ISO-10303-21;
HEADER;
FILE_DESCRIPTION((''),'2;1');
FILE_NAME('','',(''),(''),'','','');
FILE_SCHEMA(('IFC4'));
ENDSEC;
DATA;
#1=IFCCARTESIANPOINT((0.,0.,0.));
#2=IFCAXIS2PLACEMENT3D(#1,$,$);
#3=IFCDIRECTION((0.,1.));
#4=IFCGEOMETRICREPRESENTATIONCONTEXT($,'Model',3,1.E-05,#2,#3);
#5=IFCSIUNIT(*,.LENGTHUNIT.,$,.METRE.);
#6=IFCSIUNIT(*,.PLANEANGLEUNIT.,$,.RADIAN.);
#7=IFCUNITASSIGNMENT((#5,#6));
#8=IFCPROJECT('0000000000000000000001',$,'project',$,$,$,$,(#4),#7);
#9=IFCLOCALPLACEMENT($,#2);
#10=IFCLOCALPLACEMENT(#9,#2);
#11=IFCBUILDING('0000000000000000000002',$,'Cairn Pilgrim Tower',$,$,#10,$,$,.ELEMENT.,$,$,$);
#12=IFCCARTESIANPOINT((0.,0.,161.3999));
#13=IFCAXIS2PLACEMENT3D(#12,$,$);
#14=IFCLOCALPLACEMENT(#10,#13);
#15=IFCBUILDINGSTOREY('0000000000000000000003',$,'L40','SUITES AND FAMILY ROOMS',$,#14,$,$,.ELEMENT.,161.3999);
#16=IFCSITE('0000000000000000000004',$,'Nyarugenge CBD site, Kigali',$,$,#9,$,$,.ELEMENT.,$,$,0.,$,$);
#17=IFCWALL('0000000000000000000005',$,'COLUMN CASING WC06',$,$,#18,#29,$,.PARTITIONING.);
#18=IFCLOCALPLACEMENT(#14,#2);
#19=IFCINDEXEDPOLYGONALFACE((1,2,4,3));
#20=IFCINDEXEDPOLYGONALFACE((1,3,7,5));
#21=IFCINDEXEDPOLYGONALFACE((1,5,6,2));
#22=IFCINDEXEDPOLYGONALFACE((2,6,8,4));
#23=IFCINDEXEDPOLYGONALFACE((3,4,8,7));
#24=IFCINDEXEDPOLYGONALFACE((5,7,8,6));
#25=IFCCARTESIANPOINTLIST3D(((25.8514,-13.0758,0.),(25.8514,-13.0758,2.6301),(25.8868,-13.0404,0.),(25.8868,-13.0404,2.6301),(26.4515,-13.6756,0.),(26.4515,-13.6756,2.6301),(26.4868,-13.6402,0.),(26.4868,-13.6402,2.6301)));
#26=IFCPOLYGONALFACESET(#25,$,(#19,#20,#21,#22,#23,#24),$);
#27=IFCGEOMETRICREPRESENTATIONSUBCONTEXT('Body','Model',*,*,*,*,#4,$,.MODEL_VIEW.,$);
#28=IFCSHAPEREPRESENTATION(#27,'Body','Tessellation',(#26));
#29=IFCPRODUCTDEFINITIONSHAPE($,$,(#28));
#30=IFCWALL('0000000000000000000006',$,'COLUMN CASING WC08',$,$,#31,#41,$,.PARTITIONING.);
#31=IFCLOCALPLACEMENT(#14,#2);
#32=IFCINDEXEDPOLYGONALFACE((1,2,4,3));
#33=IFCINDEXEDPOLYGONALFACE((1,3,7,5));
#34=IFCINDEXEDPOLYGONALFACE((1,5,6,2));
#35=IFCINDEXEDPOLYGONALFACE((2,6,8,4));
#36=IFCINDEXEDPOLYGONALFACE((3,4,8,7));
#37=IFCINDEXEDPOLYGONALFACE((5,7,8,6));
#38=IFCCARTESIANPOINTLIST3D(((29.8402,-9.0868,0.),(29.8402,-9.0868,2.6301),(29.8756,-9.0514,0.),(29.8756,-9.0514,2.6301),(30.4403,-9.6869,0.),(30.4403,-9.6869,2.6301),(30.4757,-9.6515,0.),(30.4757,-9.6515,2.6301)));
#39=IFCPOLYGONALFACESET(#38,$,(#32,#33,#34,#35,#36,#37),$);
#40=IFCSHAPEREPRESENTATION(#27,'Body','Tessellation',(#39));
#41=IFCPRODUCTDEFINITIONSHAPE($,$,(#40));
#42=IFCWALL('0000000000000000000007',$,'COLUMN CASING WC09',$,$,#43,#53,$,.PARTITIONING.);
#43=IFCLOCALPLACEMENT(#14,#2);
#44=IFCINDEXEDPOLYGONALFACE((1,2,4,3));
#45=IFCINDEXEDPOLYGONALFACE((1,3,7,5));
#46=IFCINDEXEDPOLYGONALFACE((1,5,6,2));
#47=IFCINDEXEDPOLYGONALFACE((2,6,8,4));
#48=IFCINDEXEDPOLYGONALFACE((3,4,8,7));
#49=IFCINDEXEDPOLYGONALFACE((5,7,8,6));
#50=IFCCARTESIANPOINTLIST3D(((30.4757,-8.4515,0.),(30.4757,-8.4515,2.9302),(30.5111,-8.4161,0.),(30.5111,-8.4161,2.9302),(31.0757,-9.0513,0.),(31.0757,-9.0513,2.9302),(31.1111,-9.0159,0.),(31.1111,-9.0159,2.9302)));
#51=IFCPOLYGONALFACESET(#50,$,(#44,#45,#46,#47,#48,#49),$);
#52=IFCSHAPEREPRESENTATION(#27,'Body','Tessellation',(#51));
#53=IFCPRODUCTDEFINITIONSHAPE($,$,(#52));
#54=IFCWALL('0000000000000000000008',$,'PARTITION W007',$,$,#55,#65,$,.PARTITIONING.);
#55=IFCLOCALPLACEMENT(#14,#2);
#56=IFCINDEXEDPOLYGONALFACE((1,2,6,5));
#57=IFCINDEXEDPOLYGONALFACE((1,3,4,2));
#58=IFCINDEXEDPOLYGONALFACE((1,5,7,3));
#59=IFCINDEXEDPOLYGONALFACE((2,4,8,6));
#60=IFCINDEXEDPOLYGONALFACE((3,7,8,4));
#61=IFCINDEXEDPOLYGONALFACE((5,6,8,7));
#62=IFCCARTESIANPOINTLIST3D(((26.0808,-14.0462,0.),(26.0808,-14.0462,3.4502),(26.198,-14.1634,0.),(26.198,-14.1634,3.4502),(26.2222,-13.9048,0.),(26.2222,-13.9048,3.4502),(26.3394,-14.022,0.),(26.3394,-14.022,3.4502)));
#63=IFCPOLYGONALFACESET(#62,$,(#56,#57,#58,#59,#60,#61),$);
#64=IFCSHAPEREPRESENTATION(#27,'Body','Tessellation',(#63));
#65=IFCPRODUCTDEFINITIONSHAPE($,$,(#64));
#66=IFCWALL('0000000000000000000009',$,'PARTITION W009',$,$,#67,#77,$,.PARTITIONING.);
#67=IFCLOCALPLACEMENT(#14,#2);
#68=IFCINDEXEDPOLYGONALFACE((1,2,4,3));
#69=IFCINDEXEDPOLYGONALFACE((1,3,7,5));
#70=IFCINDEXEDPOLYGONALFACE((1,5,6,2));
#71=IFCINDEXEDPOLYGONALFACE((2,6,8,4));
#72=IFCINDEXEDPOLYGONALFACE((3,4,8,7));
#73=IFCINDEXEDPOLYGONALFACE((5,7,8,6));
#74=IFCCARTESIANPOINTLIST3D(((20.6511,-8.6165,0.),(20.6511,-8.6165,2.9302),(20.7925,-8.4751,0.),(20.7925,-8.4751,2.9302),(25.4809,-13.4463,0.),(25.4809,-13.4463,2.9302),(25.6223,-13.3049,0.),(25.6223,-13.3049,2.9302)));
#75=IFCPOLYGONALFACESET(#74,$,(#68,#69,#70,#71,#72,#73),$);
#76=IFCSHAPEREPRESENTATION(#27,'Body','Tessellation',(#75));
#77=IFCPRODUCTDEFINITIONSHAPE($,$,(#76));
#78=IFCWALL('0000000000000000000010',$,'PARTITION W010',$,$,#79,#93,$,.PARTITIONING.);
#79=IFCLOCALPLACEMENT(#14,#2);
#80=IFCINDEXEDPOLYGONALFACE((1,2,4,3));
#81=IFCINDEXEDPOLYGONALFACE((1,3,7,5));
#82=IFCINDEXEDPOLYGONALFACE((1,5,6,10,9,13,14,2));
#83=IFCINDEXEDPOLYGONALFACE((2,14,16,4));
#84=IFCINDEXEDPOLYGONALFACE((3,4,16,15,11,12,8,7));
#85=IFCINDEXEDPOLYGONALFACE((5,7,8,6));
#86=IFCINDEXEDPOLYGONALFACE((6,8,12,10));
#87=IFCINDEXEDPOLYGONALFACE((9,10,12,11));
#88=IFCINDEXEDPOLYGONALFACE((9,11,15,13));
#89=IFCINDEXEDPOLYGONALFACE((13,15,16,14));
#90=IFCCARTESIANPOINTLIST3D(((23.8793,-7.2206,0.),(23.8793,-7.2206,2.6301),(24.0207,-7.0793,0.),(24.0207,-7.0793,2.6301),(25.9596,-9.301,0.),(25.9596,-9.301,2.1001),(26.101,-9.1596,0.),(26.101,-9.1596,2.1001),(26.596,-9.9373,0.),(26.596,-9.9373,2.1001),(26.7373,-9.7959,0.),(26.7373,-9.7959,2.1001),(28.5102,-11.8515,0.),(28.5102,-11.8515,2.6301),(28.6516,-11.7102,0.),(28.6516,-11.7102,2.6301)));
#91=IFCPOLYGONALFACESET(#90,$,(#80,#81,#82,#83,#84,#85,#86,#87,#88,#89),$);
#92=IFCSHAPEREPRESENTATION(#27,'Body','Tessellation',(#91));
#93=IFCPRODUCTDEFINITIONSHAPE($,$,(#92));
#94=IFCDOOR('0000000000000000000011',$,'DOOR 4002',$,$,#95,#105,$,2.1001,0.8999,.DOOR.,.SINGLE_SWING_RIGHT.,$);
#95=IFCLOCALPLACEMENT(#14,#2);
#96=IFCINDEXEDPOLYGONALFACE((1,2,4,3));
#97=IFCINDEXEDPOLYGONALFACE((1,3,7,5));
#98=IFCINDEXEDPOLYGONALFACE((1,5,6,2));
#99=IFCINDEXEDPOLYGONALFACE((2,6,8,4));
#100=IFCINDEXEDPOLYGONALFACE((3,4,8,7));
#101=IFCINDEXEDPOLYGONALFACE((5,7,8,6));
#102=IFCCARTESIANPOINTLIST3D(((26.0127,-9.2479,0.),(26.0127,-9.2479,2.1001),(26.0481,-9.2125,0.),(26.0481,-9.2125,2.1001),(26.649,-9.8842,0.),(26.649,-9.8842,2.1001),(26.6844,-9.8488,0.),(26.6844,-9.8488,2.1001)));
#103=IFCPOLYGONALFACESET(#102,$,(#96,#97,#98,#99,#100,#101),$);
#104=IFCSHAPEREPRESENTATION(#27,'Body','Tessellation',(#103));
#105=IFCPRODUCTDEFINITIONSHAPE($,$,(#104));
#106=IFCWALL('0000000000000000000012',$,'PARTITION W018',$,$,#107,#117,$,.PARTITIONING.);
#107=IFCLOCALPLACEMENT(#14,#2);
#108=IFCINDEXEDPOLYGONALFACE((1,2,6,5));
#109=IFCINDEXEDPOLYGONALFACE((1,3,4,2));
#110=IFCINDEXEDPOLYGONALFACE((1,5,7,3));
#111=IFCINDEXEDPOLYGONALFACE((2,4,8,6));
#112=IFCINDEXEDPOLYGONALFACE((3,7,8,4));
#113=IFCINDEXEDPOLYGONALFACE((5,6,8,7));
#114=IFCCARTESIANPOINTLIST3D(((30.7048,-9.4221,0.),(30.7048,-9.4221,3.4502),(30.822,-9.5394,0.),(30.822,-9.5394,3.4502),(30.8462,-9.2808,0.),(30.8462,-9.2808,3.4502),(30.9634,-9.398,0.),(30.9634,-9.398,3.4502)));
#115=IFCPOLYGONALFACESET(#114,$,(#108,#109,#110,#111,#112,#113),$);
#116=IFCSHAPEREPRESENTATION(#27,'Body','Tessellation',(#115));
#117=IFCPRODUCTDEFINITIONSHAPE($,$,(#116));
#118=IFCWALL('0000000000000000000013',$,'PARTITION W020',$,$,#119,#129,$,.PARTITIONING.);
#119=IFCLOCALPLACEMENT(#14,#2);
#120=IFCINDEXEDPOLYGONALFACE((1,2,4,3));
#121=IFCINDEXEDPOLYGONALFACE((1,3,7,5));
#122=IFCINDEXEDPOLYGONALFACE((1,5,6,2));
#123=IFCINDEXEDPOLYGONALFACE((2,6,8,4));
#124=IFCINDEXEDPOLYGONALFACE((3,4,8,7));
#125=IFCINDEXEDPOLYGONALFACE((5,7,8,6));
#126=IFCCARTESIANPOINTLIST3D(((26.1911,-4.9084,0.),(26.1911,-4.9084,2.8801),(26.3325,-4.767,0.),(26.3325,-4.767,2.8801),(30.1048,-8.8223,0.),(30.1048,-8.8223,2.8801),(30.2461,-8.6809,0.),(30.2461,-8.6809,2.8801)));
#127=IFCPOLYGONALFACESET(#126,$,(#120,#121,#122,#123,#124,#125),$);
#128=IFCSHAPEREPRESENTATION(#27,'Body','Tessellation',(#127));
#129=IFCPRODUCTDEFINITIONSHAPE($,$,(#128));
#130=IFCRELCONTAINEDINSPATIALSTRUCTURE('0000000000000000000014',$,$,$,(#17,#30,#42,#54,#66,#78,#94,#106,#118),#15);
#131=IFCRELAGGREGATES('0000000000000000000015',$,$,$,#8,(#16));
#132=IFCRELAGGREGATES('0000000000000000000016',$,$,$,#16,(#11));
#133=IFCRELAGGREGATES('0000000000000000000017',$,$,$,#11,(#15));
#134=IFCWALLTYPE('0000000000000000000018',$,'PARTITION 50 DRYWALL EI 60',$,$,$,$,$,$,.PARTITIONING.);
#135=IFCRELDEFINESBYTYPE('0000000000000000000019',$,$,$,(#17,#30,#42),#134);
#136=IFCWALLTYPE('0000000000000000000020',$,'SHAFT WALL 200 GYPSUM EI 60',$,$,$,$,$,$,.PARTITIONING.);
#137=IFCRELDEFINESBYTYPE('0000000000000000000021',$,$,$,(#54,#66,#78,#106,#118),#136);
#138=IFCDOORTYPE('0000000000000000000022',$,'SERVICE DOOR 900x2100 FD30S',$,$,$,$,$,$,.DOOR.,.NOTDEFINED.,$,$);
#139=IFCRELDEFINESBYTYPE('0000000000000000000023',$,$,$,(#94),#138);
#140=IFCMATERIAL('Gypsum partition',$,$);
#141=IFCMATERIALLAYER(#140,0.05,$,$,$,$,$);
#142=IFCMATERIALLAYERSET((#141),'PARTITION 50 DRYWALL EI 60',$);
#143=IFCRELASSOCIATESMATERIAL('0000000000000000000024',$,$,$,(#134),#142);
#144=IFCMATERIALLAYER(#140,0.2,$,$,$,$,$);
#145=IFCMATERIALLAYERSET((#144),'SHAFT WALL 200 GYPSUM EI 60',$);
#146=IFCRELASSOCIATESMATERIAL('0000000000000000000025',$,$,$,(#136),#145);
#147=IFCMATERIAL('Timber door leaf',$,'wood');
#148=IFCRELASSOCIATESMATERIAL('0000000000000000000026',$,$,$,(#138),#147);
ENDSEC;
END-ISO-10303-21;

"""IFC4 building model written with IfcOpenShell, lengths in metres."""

from ifc_helpers import new_model, si_unit, direction, frame, frame_2d, origin, place, context, subcontext, project, spatial, rectangle, extrude, material, layer, layer_set, type_object, element, fill, save


model = new_model("IFC4")

# Units and contexts
model_context = context("Model", 3, precision=1e-05, world=origin(), true_north=direction((0.0, 1.0)))
body_context = subcontext(model_context, "Body", "Model", "MODEL_VIEW")
ifc_project = project(units=[si_unit("LENGTHUNIT", "METRE"), si_unit("PLANEANGLEUNIT", "RADIAN")], contexts=[model_context])

# Site, building, storey
site_placement = place(None, origin())
site = spatial("IfcSite", under=ifc_project, at=site_placement, Name="Nyarugenge CBD site, Kigali", CompositionType="ELEMENT", RefElevation=0.0)
building_placement = place(site_placement, origin())
building = spatial("IfcBuilding", under=site, at=building_placement, Name="Cairn Pilgrim Tower", CompositionType="ELEMENT")
storey_placement = place(building_placement, frame((0.0, 0.0, 161.3999)))
storey = spatial("IfcBuildingStorey", under=building, at=storey_placement, Name="L40", Description="SUITES AND FAMILY ROOMS", CompositionType="ELEMENT", Elevation=161.3999)

# Walls
ifc_material_1 = material(Name="Gypsum partition")
ifc_layer_1 = layer(ifc_material_1, 0.05)
ifc_layer_set_1 = layer_set([ifc_layer_1], Name="PARTITION 50 DRYWALL EI 60")
wall_type_1 = type_object("IfcWallType", Name="PARTITION 50 DRYWALL EI 60", PredefinedType="PARTITIONING", material=ifc_layer_set_1)
wall_1_placement = place(storey_placement, frame((26.4692, -13.658, 0.0), z_axis=(0.0, 0.0, 1.0), x_axis=(-0.707251, 0.706963, 0.0)))
element("IfcWall", 1, at=wall_1_placement, inside=storey, type_object=wall_type_1, Name="COLUMN CASING WC06", PredefinedType="PARTITIONING", context=body_context, shape_type="SweptSolid", body=[
    extrude(rectangle(XDim=0.8484, YDim=0.05, at=frame_2d((0.4243, 0.0))), origin(), (0.0, 0.0, 1.0), 2.6301),
])
wall_2_placement = place(storey_placement, frame((30.458, -9.6692, 0.0), z_axis=(0.0, 0.0, 1.0), x_axis=(-0.707107, 0.707107, 0.0)))
element("IfcWall", 2, at=wall_2_placement, inside=storey, type_object=wall_type_1, Name="COLUMN CASING WC08", PredefinedType="PARTITIONING", context=body_context, shape_type="SweptSolid", body=[
    extrude(rectangle(XDim=0.8486, YDim=0.05, at=frame_2d((0.4243, 0.0))), origin(), (0.0, 0.0, 1.0), 2.6301),
])
wall_3_placement = place(storey_placement, frame((31.0935, -9.0337, 0.0), z_axis=(0.0, 0.0, 1.0), x_axis=(-0.707251, 0.706963, 0.0)))
element("IfcWall", 3, at=wall_3_placement, inside=storey, type_object=wall_type_1, Name="COLUMN CASING WC09", PredefinedType="PARTITIONING", context=body_context, shape_type="SweptSolid", body=[
    extrude(rectangle(XDim=0.8484, YDim=0.05, at=frame_2d((0.4243, 0.0))), origin(), (0.0, 0.0, 1.0), 2.9302),
])
ifc_layer_2 = layer(ifc_material_1, 0.2)
ifc_layer_set_2 = layer_set([ifc_layer_2], Name="SHAFT WALL 200 GYPSUM EI 60")
wall_type_2 = type_object("IfcWallType", Name="SHAFT WALL 200 GYPSUM EI 60", PredefinedType="PARTITIONING", material=ifc_layer_set_2)
wall_4_placement = place(storey_placement, frame((26.2688, -14.0928, 0.0), z_axis=(0.0, 0.0, 1.0), x_axis=(-0.707107, 0.707107, 0.0)))
element("IfcWall", 4, at=wall_4_placement, inside=storey, type_object=wall_type_2, Name="PARTITION W007", PredefinedType="PARTITIONING", context=body_context, shape_type="SweptSolid", body=[
    extrude(rectangle(XDim=0.1658, YDim=0.2, at=frame_2d((0.083, 0.0))), origin(), (0.0, 0.0, 1.0), 3.4502),
])
wall_5_placement = place(storey_placement, frame((25.5515, -13.3755, 0.0), z_axis=(0.0, 0.0, 1.0), x_axis=(-0.707107, 0.707107, 0.0)))
element("IfcWall", 5, at=wall_5_placement, inside=storey, type_object=wall_type_2, Name="PARTITION W009", PredefinedType="PARTITIONING", context=body_context, shape_type="SweptSolid", body=[
    extrude(rectangle(XDim=6.8303, YDim=0.2, at=frame_2d((3.415, 0.0))), origin(), (0.0, 0.0, 1.0), 2.9302),
])

# Wall, opening, door
wall_6_placement = place(storey_placement, frame((28.5808, -11.7808, 0.0), z_axis=(0.0, 0.0, 1.0), x_axis=(-0.707107, 0.707107, 0.0)))
wall_6 = element("IfcWall", 6, at=wall_6_placement, inside=storey, type_object=wall_type_2, Name="PARTITION W010", PredefinedType="PARTITIONING", context=body_context, shape_type="SweptSolid", body=[
    extrude(rectangle(XDim=6.5491, YDim=0.2, at=frame_2d((3.2744, 0.0))), origin(), (0.0, 0.0, 1.0), 2.6301),
])
opening_1_placement = place(wall_6_placement, frame((2.707, 0.0, 0.0)))
opening_1 = element("IfcOpeningElement", 7, at=opening_1_placement, cuts=wall_6, PredefinedType="OPENING", context=body_context, shape_type="SweptSolid", body=[
    extrude(rectangle(XDim=0.8999, YDim=2.1001, at=frame_2d((0.45, 1.05))), frame((0.0, 0.1099, 0.0), z_axis=(0.0, -1.0, 0.0), x_axis=(1.0, 0.0, 0.0)), (0.0, 0.0, 1.0), 0.22),
])
ifc_material_2 = material(Name="Timber door leaf", Category="wood")
door_type_1 = type_object("IfcDoorType", Name="SERVICE DOOR 900x2100 FD30S", OperationType="NOTDEFINED", PredefinedType="DOOR", material=ifc_material_2)
door_1_placement = place(opening_1_placement, origin())
door_1 = element("IfcDoor", 8, at=door_1_placement, inside=storey, type_object=door_type_1, Name="DOOR 4002", OperationType="SINGLE_SWING_RIGHT", OverallHeight=2.1001, OverallWidth=0.8999, PredefinedType="DOOR", context=body_context, shape_type="SweptSolid", body=[
    extrude(rectangle(XDim=0.8999, YDim=2.1001, at=frame_2d((0.45, 1.05))), frame((0.0, 0.0249, 0.0), z_axis=(0.0, -1.0, 0.0), x_axis=(1.0, 0.0, 0.0)), (0.0, 0.0, 1.0), 0.05),
])
fill(opening_1, door_1)

# Walls
wall_7_placement = place(storey_placement, frame((30.8928, -9.4688, 0.0), z_axis=(0.0, 0.0, 1.0), x_axis=(-0.707107, 0.707107, 0.0)))
element("IfcWall", 9, at=wall_7_placement, inside=storey, type_object=wall_type_2, Name="PARTITION W018", PredefinedType="PARTITIONING", context=body_context, shape_type="SweptSolid", body=[
    extrude(rectangle(XDim=0.1658, YDim=0.2, at=frame_2d((0.083, 0.0))), origin(), (0.0, 0.0, 1.0), 3.4502),
])
wall_8_placement = place(storey_placement, frame((30.1755, -8.7517, 0.0), z_axis=(0.0, 0.0, 1.0), x_axis=(-0.707085, 0.707129, 0.0)))
element("IfcWall", 10, at=wall_8_placement, inside=storey, type_object=wall_type_2, Name="PARTITION W020", PredefinedType="PARTITIONING", context=body_context, shape_type="SweptSolid", body=[
    extrude(rectangle(XDim=5.5349, YDim=0.2, at=frame_2d((2.7676, 0.0))), origin(), (0.0, 0.0, 1.0), 2.8801),
])

save(model, "model.ifc")
